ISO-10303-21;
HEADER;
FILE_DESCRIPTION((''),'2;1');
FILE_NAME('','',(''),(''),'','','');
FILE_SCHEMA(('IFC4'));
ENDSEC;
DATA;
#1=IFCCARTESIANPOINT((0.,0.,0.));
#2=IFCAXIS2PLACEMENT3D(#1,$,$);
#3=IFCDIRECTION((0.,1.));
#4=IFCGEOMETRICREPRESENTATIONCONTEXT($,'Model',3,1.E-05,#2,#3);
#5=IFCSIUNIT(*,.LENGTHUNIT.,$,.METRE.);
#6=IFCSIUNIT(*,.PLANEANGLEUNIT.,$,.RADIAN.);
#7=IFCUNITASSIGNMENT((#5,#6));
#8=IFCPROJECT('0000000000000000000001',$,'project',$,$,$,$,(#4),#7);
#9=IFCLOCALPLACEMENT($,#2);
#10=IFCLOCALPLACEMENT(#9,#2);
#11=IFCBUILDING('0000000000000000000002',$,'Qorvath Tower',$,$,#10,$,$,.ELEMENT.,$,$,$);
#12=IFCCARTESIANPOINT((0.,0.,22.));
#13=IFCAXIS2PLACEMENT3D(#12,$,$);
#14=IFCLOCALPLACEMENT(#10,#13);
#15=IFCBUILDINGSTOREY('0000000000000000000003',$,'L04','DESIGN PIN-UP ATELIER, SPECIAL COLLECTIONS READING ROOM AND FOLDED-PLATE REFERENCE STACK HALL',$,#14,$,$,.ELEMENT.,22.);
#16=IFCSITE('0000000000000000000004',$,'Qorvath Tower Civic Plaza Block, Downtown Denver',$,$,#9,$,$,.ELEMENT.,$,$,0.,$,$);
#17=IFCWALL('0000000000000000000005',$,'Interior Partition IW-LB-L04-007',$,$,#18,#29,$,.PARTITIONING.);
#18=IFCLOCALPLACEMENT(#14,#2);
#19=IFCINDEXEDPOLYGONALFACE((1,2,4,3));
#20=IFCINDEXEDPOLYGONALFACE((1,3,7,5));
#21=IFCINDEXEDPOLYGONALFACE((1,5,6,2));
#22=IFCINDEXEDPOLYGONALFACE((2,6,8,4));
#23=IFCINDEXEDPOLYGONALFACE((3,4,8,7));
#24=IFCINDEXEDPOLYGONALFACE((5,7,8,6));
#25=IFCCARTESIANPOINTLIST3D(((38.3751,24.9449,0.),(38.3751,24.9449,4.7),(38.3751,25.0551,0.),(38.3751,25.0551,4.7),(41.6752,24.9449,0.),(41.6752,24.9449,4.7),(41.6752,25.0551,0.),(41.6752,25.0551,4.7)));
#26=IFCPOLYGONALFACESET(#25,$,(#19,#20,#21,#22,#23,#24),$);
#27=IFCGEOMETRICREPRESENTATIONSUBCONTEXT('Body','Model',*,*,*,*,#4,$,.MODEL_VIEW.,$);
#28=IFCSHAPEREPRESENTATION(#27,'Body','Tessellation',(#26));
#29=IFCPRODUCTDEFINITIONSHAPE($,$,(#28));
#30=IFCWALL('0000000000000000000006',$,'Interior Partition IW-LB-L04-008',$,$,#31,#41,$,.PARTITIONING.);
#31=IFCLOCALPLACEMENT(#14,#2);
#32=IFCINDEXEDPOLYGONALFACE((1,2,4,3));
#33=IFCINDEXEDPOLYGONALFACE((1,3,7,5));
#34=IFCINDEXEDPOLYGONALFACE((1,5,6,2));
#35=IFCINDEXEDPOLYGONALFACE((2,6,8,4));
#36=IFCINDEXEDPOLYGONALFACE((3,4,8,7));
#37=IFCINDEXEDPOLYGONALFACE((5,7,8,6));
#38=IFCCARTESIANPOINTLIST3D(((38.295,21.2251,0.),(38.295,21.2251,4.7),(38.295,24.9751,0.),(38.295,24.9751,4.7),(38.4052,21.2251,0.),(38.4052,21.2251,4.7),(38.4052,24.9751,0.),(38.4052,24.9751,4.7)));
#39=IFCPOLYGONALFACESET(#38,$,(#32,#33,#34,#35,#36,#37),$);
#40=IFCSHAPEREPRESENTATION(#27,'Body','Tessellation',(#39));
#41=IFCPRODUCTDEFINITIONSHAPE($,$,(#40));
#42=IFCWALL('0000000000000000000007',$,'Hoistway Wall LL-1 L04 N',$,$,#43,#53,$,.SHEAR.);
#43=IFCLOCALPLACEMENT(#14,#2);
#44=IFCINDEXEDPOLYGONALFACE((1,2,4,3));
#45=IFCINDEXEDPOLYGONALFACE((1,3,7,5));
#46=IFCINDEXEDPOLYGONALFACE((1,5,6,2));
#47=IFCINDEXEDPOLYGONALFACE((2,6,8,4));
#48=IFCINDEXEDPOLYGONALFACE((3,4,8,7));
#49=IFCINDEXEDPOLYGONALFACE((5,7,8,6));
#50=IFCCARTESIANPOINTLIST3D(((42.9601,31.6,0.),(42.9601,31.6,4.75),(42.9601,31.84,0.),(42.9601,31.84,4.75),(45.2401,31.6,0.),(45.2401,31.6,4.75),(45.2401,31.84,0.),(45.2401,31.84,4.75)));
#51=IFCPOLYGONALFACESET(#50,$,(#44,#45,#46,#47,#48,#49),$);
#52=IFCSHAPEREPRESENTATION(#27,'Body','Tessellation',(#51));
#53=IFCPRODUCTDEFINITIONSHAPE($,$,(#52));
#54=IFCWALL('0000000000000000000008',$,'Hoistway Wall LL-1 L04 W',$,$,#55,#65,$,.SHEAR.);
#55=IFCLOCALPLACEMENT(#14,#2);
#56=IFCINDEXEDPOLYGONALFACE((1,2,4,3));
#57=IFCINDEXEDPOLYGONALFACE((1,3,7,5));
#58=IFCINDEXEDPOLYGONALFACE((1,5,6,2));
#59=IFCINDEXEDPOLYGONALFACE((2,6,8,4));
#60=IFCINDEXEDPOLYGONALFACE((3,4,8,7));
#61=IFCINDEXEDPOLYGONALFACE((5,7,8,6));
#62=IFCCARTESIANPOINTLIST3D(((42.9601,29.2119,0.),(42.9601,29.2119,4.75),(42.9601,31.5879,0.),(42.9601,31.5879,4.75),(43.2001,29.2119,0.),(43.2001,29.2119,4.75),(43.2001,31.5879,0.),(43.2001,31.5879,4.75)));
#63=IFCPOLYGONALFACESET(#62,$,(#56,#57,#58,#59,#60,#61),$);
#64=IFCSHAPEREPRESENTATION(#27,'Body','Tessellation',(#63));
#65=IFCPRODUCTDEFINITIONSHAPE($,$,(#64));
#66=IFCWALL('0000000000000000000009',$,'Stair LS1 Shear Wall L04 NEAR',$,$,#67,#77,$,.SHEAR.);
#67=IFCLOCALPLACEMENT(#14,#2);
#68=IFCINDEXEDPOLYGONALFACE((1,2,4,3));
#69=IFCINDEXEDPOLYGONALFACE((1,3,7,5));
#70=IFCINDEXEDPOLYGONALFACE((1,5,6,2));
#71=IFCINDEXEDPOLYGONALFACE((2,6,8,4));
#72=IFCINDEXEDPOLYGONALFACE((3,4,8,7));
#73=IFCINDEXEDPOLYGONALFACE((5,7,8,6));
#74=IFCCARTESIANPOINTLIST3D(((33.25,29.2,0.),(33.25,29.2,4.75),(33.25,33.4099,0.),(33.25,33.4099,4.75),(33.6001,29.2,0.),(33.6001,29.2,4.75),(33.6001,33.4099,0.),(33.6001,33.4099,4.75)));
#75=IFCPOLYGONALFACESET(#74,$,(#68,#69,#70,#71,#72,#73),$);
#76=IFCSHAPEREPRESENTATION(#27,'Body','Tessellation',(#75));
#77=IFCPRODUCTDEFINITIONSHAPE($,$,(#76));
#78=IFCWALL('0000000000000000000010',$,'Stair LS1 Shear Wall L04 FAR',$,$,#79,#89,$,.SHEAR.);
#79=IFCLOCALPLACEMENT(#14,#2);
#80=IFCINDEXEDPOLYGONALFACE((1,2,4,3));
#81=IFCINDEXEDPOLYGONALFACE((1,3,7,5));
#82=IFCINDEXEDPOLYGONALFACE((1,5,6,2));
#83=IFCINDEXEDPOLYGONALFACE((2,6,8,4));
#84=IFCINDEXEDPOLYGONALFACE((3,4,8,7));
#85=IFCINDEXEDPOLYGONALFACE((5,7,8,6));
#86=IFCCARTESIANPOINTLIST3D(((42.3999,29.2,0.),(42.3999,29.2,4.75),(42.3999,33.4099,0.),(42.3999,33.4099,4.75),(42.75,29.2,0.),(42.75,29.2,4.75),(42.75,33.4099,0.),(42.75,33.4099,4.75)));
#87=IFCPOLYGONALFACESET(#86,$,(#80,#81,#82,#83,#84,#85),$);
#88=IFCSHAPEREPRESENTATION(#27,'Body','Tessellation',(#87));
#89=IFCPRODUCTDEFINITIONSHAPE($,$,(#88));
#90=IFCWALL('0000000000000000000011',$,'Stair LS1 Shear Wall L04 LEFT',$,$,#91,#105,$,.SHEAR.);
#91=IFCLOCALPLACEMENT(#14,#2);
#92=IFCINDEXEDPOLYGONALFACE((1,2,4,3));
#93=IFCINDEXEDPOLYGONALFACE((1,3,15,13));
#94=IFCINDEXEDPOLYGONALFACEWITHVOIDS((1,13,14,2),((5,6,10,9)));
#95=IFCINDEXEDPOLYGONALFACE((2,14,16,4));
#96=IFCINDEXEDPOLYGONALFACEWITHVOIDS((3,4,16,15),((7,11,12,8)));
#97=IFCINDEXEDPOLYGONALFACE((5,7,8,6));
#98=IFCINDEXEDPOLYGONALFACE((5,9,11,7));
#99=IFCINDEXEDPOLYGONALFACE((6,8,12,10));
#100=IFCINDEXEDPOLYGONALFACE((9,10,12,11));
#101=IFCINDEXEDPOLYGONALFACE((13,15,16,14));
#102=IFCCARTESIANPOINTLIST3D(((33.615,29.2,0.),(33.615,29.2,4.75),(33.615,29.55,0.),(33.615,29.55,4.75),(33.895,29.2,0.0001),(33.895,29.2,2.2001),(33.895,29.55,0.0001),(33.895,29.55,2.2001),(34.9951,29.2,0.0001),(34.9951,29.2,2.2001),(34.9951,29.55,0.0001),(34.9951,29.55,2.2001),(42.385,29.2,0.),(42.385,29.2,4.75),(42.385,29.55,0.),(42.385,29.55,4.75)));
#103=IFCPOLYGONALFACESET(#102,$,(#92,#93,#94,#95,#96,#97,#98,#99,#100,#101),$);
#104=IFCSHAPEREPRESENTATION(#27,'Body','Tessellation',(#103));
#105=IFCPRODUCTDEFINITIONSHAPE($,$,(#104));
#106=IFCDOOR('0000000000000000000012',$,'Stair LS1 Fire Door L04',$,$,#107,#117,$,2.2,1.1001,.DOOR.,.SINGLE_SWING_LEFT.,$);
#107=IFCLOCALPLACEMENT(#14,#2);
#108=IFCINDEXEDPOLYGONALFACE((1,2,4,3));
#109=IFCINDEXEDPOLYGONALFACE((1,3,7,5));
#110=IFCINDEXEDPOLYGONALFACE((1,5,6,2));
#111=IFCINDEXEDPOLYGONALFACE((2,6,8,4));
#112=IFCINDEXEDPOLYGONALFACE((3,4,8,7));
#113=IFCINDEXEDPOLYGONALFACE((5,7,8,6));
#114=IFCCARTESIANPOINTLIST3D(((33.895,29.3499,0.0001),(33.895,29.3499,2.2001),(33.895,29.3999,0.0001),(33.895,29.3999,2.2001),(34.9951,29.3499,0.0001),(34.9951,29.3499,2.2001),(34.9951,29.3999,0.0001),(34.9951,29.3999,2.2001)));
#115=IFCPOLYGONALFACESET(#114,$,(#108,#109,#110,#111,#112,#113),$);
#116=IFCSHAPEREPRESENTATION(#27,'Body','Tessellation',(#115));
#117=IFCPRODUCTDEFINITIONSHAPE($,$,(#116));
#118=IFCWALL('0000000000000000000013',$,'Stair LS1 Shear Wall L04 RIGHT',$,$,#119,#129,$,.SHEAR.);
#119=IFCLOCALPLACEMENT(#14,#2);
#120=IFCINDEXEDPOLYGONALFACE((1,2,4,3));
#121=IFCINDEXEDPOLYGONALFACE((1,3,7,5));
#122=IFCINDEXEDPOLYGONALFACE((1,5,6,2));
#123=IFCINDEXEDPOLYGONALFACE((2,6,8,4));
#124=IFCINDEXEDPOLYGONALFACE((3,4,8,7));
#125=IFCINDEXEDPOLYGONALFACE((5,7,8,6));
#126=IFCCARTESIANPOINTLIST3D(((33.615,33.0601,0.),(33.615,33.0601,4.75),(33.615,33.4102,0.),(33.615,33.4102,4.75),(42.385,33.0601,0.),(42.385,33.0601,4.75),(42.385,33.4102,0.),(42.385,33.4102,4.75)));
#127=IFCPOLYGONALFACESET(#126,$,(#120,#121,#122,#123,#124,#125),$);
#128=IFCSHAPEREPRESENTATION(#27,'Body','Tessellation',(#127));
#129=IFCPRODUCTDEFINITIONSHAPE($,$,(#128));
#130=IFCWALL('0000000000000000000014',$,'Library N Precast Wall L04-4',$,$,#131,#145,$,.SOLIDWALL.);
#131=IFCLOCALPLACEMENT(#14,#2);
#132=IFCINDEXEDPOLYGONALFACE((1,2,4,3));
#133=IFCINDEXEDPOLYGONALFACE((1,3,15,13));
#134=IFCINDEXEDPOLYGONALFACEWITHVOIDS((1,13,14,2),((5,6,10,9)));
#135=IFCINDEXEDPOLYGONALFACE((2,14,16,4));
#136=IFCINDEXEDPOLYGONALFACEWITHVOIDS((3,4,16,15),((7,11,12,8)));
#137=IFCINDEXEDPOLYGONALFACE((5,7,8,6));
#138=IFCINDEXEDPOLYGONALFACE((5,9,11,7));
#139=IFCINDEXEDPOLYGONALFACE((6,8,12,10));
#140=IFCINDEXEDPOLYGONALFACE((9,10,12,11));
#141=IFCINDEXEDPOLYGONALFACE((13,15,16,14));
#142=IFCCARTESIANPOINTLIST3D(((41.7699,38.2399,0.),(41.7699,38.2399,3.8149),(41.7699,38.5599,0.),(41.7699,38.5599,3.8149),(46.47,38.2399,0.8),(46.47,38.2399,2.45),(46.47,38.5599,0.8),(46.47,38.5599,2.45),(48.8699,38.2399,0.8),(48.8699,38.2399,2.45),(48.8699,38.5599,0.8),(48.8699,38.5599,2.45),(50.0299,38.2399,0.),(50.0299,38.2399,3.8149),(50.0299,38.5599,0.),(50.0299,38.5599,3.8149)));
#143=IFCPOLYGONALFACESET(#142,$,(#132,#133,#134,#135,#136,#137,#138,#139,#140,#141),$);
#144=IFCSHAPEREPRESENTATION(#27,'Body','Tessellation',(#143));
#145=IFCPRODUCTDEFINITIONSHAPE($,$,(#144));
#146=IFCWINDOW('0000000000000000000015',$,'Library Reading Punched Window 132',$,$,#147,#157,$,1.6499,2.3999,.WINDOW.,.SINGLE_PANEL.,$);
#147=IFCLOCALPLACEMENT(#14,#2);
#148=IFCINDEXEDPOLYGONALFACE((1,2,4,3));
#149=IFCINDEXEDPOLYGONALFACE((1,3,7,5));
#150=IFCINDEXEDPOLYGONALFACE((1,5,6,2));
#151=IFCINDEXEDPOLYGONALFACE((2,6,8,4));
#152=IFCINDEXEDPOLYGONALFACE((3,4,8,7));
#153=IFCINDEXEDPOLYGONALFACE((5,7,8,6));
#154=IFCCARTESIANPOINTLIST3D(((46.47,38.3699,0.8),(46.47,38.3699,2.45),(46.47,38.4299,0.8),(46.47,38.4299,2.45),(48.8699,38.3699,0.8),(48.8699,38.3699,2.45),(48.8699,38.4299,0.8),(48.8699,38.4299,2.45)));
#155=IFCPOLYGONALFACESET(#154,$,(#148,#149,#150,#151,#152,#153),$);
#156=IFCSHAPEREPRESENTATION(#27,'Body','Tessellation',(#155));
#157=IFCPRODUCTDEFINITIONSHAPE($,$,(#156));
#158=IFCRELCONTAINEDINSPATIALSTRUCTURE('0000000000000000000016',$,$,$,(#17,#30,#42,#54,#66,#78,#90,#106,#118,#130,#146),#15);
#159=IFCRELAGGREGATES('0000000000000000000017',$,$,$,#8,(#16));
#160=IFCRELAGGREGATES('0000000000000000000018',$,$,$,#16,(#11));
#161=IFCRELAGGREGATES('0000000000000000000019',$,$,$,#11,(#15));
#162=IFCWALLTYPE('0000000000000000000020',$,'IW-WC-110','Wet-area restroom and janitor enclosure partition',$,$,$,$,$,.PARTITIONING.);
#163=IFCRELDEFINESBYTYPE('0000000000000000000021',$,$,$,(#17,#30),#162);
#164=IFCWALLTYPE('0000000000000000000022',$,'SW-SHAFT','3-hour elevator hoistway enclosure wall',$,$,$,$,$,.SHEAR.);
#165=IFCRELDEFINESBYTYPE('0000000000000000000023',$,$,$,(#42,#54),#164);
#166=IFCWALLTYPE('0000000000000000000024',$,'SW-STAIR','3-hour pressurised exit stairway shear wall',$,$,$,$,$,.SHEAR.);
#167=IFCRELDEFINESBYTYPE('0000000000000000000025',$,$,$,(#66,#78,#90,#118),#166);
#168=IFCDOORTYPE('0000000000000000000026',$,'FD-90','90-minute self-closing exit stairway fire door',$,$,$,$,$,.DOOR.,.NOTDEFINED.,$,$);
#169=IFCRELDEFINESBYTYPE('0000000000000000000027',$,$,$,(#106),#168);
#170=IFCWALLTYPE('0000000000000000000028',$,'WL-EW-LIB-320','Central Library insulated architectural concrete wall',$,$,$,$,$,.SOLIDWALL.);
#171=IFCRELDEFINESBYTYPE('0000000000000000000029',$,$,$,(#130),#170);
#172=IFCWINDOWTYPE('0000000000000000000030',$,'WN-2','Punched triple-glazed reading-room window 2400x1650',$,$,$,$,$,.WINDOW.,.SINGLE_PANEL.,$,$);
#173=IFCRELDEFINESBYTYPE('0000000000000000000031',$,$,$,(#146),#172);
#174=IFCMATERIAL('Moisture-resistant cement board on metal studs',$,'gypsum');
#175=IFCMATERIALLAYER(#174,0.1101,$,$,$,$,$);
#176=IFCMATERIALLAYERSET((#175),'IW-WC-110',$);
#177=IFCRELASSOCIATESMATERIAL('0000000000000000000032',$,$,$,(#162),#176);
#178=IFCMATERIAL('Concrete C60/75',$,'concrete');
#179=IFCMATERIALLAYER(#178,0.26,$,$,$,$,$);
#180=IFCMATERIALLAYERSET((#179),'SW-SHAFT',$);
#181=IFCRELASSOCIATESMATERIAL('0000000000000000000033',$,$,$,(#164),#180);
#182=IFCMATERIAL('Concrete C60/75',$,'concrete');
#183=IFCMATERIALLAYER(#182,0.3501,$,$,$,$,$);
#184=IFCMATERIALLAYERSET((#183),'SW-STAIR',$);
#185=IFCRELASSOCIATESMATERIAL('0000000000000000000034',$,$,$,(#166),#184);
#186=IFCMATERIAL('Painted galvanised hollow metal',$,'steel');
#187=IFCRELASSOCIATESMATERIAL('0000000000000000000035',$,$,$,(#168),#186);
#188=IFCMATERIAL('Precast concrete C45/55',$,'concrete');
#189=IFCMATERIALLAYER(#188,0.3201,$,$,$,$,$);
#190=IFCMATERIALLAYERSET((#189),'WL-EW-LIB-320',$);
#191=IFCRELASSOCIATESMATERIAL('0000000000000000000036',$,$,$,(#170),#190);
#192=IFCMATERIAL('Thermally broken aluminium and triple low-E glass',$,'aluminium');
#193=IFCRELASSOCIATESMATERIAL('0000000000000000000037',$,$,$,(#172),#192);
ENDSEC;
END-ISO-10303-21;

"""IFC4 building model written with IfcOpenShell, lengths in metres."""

from ifc_helpers import new_model, si_unit, direction, frame, frame_2d, origin, place, context, subcontext, project, spatial, rectangle, extrude, material, layer, layer_set, type_object, element, fill, save


model = new_model("IFC4")

# Units and contexts
model_context = context("Model", 3, precision=1e-05, world=origin(), true_north=direction((0.0, 1.0)))
body_context = subcontext(model_context, "Body", "Model", "MODEL_VIEW")
ifc_project = project(units=[si_unit("LENGTHUNIT", "METRE"), si_unit("PLANEANGLEUNIT", "RADIAN")], contexts=[model_context])

# Site, building, storey
site_placement = place(None, origin())
site = spatial("IfcSite", under=ifc_project, at=site_placement, Name="Qorvath Tower Civic Plaza Block, Downtown Denver", CompositionType="ELEMENT", RefElevation=0.0)
building_placement = place(site_placement, origin())
building = spatial("IfcBuilding", under=site, at=building_placement, Name="Qorvath Tower", CompositionType="ELEMENT")
storey_placement = place(building_placement, frame((0.0, 0.0, 22.0)))
storey = spatial("IfcBuildingStorey", under=building, at=storey_placement, Name="L04", Description="DESIGN PIN-UP ATELIER, SPECIAL COLLECTIONS READING ROOM AND FOLDED-PLATE REFERENCE STACK HALL", CompositionType="ELEMENT", Elevation=22.0)

# Shared definitions
ifc_material_1 = material(Name="Moisture-resistant cement board on metal studs", Category="gypsum")
ifc_layer_1 = layer(ifc_material_1, 0.1101)
ifc_layer_set_1 = layer_set([ifc_layer_1], Name="IW-WC-110")
wall_type_1 = type_object("IfcWallType", Name="IW-WC-110", Description="Wet-area restroom and janitor enclosure partition", PredefinedType="PARTITIONING", material=ifc_layer_set_1)

# Walls
wall_1_placement = place(storey_placement, frame((41.675, 25.0, 0.0), z_axis=(0.0, 0.0, 1.0), x_axis=(-1.0, 0.0, 0.0)))
element("IfcWall", 1, at=wall_1_placement, inside=storey, type_object=wall_type_1, Name="Interior Partition IW-LB-L04-007", PredefinedType="PARTITIONING", context=body_context, shape_type="SweptSolid", body=[
    extrude(rectangle(XDim=3.3, YDim=0.1101, at=frame_2d((1.6499, 0.0))), origin(), (0.0, 0.0, 1.0), 4.7),
])
wall_2_placement = place(storey_placement, frame((38.3501, 24.9751, 0.0), z_axis=(0.0, 0.0, 1.0), x_axis=(0.0, -1.0, 0.0)))
element("IfcWall", 2, at=wall_2_placement, inside=storey, type_object=wall_type_1, Name="Interior Partition IW-LB-L04-008", PredefinedType="PARTITIONING", context=body_context, shape_type="SweptSolid", body=[
    extrude(rectangle(XDim=3.75, YDim=0.1101, at=frame_2d((1.875, 0.0))), origin(), (0.0, 0.0, 1.0), 4.7),
])
ifc_material_2 = material(Name="Concrete C60/75", Category="concrete")
ifc_layer_2 = layer(ifc_material_2, 0.26)
ifc_layer_set_2 = layer_set([ifc_layer_2], Name="SW-SHAFT")
wall_type_2 = type_object("IfcWallType", Name="SW-SHAFT", Description="3-hour elevator hoistway enclosure wall", PredefinedType="SHEAR", material=ifc_layer_set_2)
wall_3_placement = place(storey_placement, frame((42.96, 31.72, 0.0), z_axis=(0.0, 0.0, 1.0), x_axis=(1.0, 0.0, 0.0)))
element("IfcWall", 3, at=wall_3_placement, inside=storey, type_object=wall_type_2, Name="Hoistway Wall LL-1 L04 N", PredefinedType="SHEAR", context=body_context, shape_type="SweptSolid", body=[
    extrude(rectangle(XDim=2.28, YDim=0.24, at=frame_2d((1.1401, 0.0))), origin(), (0.0, 0.0, 1.0), 4.75),
])
wall_4_placement = place(storey_placement, frame((43.0801, 29.2119, 0.0), z_axis=(0.0, 0.0, 1.0), x_axis=(0.0, 1.0, 0.0)))
element("IfcWall", 4, at=wall_4_placement, inside=storey, type_object=wall_type_2, Name="Hoistway Wall LL-1 L04 W", PredefinedType="SHEAR", context=body_context, shape_type="SweptSolid", body=[
    extrude(rectangle(XDim=2.376, YDim=0.24, at=frame_2d((1.188, 0.0))), origin(), (0.0, 0.0, 1.0), 4.75),
])
ifc_material_3 = material(Name="Concrete C60/75", Category="concrete")
ifc_layer_3 = layer(ifc_material_3, 0.3501)
ifc_layer_set_3 = layer_set([ifc_layer_3], Name="SW-STAIR")
wall_type_3 = type_object("IfcWallType", Name="SW-STAIR", Description="3-hour pressurised exit stairway shear wall", PredefinedType="SHEAR", material=ifc_layer_set_3)
for number, where, z_axis, x_axis, name in (
    (5, (33.425, 33.4099, 0.0), (0.0, 0.0, 1.0), (0.0, -1.0, 0.0), "Stair LS1 Shear Wall L04 NEAR"),
    (6, (42.575, 29.2, 0.0), (0.0, 0.0, 1.0), (0.0, 1.0, 0.0), "Stair LS1 Shear Wall L04 FAR"),
):
    element("IfcWall", number, at=place(storey_placement, frame(where, z_axis=z_axis, x_axis=x_axis)), inside=storey, type_object=wall_type_3, Name=name, PredefinedType="SHEAR", context=body_context, shape_type="SweptSolid", body=[
        extrude(rectangle(XDim=4.21, YDim=0.3501, at=frame_2d((2.105, 0.0))), origin(), (0.0, 0.0, 1.0), 4.75),
    ])

# Wall, opening, door
wall_5_placement = place(storey_placement, frame((33.615, 29.375, 0.0), z_axis=(0.0, 0.0, 1.0), x_axis=(1.0, 0.0, 0.0)))
wall_5 = element("IfcWall", 7, at=wall_5_placement, inside=storey, type_object=wall_type_3, Name="Stair LS1 Shear Wall L04 LEFT", PredefinedType="SHEAR", context=body_context, shape_type="SweptSolid", body=[
    extrude(rectangle(XDim=8.77, YDim=0.3501, at=frame_2d((4.385, 0.0))), origin(), (0.0, 0.0, 1.0), 4.75),
])
opening_1_placement = place(wall_5_placement, frame((0.28, 0.0, 0.0)))
opening_1 = element("IfcOpeningElement", 8, at=opening_1_placement, cuts=wall_5, PredefinedType="OPENING", context=body_context, shape_type="SweptSolid", body=[
    extrude(rectangle(XDim=1.1001, YDim=2.2, at=frame_2d((0.55, 1.1001))), frame((0.0, 0.1851, 0.0), z_axis=(0.0, -1.0, 0.0), x_axis=(1.0, 0.0, 0.0)), (0.0, 0.0, 1.0), 0.3701),
])
ifc_material_4 = material(Name="Painted galvanised hollow metal", Category="steel")
door_type_1 = type_object("IfcDoorType", Name="FD-90", Description="90-minute self-closing exit stairway fire door", OperationType="NOTDEFINED", PredefinedType="DOOR", material=ifc_material_4)
door_1_placement = place(opening_1_placement, origin())
door_1 = element("IfcDoor", 9, at=door_1_placement, inside=storey, type_object=door_type_1, Name="Stair LS1 Fire Door L04", OperationType="SINGLE_SWING_LEFT", OverallHeight=2.2, OverallWidth=1.1001, PredefinedType="DOOR", context=body_context, shape_type="SweptSolid", body=[
    extrude(rectangle(XDim=1.1001, YDim=2.2, at=frame_2d((0.55, 1.1001))), frame((0.0, 0.0249, 0.0), z_axis=(0.0, -1.0, 0.0), x_axis=(1.0, 0.0, 0.0)), (0.0, 0.0, 1.0), 0.05),
])
fill(opening_1, door_1)

# Wall
wall_6_placement = place(storey_placement, frame((42.385, 33.2351, 0.0), z_axis=(0.0, 0.0, 1.0), x_axis=(-1.0, 0.0, 0.0)))
element("IfcWall", 10, at=wall_6_placement, inside=storey, type_object=wall_type_3, Name="Stair LS1 Shear Wall L04 RIGHT", PredefinedType="SHEAR", context=body_context, shape_type="SweptSolid", body=[
    extrude(rectangle(XDim=8.77, YDim=0.3501, at=frame_2d((4.385, 0.0))), origin(), (0.0, 0.0, 1.0), 4.75),
])

# Wall, opening, window
ifc_material_5 = material(Name="Precast concrete C45/55", Category="concrete")
ifc_layer_4 = layer(ifc_material_5, 0.3201)
ifc_layer_set_4 = layer_set([ifc_layer_4], Name="WL-EW-LIB-320")
wall_type_4 = type_object("IfcWallType", Name="WL-EW-LIB-320", Description="Central Library insulated architectural concrete wall", PredefinedType="SOLIDWALL", material=ifc_layer_set_4)
wall_7_placement = place(storey_placement, frame((41.77, 38.3999, 0.0), z_axis=(0.0, 0.0, 1.0), x_axis=(1.0, 0.0, 0.0)))
wall_7 = element("IfcWall", 11, at=wall_7_placement, inside=storey, type_object=wall_type_4, Name="Library N Precast Wall L04-4", PredefinedType="SOLIDWALL", context=body_context, shape_type="SweptSolid", body=[
    extrude(rectangle(XDim=8.26, YDim=0.3201, at=frame_2d((4.1299, 0.0))), origin(), (0.0, 0.0, 1.0), 3.8149),
])
opening_2_placement = place(wall_7_placement, frame((4.7, 0.0, 0.8)))
opening_2 = element("IfcOpeningElement", 12, at=opening_2_placement, cuts=wall_7, PredefinedType="OPENING", context=body_context, shape_type="SweptSolid", body=[
    extrude(rectangle(XDim=2.3999, YDim=1.6499, at=frame_2d((1.2, 0.825))), frame((0.0, 0.1699, 0.0), z_axis=(0.0, -1.0, 0.0), x_axis=(1.0, 0.0, 0.0)), (0.0, 0.0, 1.0), 0.3401),
])
ifc_material_6 = material(Name="Thermally broken aluminium and triple low-E glass", Category="aluminium")
window_type = type_object("IfcWindowType", Name="WN-2", Description="Punched triple-glazed reading-room window 2400x1650", PartitioningType="SINGLE_PANEL", PredefinedType="WINDOW", material=ifc_material_6)
window_1_placement = place(opening_2_placement, origin())
window_1 = element("IfcWindow", 13, at=window_1_placement, inside=storey, type_object=window_type, Name="Library Reading Punched Window 132", OverallHeight=1.6499, OverallWidth=2.3999, PartitioningType="SINGLE_PANEL", PredefinedType="WINDOW", context=body_context, shape_type="SweptSolid", body=[
    extrude(rectangle(XDim=2.3999, YDim=1.6499, at=frame_2d((1.2, 0.825))), frame((0.0, 0.03, 0.0), z_axis=(0.0, -1.0, 0.0), x_axis=(1.0, 0.0, 0.0)), (0.0, 0.0, 1.0), 0.0601),
])
fill(opening_2, window_1)

save(model, "model.ifc")
